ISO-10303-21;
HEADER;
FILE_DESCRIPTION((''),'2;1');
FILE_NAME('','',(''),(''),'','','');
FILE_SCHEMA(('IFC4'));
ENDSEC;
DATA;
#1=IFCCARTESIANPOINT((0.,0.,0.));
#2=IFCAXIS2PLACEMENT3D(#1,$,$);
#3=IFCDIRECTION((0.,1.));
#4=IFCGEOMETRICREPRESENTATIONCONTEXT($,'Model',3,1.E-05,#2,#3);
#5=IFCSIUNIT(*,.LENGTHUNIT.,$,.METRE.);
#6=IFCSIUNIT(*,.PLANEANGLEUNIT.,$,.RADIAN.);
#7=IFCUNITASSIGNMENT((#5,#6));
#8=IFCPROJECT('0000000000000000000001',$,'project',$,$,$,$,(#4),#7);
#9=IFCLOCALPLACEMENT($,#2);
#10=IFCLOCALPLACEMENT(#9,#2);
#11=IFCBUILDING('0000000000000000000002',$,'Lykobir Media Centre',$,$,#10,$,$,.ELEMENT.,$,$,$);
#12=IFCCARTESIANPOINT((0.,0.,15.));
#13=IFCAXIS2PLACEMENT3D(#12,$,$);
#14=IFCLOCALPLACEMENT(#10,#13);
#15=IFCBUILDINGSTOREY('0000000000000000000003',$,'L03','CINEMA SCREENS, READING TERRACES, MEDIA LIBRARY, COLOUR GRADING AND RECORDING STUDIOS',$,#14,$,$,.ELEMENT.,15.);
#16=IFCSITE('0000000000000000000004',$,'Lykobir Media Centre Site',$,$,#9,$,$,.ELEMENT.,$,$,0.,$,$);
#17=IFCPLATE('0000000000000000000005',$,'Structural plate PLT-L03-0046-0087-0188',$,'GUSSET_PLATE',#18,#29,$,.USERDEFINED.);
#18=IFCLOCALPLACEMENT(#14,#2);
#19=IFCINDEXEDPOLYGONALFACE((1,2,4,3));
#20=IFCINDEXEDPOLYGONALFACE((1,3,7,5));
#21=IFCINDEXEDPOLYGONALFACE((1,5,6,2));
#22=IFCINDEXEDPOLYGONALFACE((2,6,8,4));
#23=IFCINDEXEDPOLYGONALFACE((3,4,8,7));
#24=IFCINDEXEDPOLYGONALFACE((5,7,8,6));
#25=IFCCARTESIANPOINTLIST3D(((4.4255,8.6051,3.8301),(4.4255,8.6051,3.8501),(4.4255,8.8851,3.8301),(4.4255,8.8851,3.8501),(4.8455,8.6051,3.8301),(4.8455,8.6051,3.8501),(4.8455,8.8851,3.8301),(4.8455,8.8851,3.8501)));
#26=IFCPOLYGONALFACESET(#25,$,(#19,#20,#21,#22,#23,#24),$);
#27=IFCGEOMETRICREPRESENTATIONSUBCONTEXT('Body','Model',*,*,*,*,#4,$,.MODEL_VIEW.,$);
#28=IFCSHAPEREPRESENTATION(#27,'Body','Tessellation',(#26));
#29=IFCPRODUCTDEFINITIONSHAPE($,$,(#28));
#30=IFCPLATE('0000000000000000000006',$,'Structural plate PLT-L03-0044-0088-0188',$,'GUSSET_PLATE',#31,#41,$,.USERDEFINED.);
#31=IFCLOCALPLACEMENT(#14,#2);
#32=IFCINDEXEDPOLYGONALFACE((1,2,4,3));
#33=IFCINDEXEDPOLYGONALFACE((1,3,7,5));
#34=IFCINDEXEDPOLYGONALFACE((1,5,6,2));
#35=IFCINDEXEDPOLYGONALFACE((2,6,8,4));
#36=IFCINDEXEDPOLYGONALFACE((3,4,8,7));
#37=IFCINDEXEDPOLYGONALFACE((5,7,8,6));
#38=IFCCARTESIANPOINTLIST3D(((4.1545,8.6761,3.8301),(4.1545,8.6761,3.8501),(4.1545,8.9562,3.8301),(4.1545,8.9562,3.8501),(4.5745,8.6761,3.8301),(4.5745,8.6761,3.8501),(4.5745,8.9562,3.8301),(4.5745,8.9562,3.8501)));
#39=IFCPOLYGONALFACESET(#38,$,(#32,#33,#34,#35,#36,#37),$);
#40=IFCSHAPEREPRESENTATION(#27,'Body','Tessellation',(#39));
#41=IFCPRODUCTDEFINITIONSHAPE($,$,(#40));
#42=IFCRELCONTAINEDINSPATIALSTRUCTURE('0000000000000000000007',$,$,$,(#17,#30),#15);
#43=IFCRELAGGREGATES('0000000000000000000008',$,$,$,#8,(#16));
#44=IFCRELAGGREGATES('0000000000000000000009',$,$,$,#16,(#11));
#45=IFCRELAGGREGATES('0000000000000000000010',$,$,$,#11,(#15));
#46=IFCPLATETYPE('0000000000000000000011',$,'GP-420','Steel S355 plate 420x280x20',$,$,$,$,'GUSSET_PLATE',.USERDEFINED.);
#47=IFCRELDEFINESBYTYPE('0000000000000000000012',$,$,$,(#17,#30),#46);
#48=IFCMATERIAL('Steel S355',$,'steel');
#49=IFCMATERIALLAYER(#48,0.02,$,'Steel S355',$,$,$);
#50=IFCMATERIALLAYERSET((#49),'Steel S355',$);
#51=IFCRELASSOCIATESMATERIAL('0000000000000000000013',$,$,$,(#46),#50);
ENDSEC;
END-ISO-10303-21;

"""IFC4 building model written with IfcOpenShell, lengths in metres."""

from ifc_helpers import new_model, si_unit, direction, frame, origin, origin_2d, place, context, subcontext, project, spatial, rectangle, extrude, material, layer, layer_set, type_object, element, save


model = new_model("IFC4")

# Units and contexts
model_context = context("Model", 3, precision=1e-05, world=origin(), true_north=direction((0.0, 1.0)))
body_context = subcontext(model_context, "Body", "Model", "MODEL_VIEW")
ifc_project = project(units=[si_unit("LENGTHUNIT", "METRE"), si_unit("PLANEANGLEUNIT", "RADIAN")], contexts=[model_context])

# Site, building, storey
site_placement = place(None, origin())
site = spatial("IfcSite", under=ifc_project, at=site_placement, Name="Lykobir Media Centre Site", CompositionType="ELEMENT", RefElevation=0.0)
building_placement = place(site_placement, origin())
building = spatial("IfcBuilding", under=site, at=building_placement, Name="Lykobir Media Centre", CompositionType="ELEMENT")
storey_placement = place(building_placement, frame((0.0, 0.0, 15.0)))
storey = spatial("IfcBuildingStorey", under=building, at=storey_placement, Name="L03", Description="CINEMA SCREENS, READING TERRACES, MEDIA LIBRARY, COLOUR GRADING AND RECORDING STUDIOS", CompositionType="ELEMENT", Elevation=15.0)

# Shared definitions
ifc_material_1 = material(Name="Steel S355", Category="steel")

# Plates
ifc_layer_1 = layer(ifc_material_1, 0.02, Name="Steel S355")
ifc_layer_set_1 = layer_set([ifc_layer_1], Name="Steel S355")
plate_type_1 = type_object("IfcPlateType", Name="GP-420", Description="Steel S355 plate 420x280x20", ElementType="GUSSET_PLATE", PredefinedType="USERDEFINED", material=ifc_layer_set_1)
for number, where, z_axis, x_axis, name in (
    (1, (4.6355, 8.7451, 3.8301), (0.0, 0.0, 1.0), (1.0, 0.0, 0.0), "Structural plate PLT-L03-0046-0087-0188"),
    (2, (4.3645, 8.8162, 3.8301), (0.0, 0.0, 1.0), (1.0, 0.0, 0.0), "Structural plate PLT-L03-0044-0088-0188"),
):
    element("IfcPlate", number, at=place(storey_placement, frame(where, z_axis=z_axis, x_axis=x_axis)), inside=storey, type_object=plate_type_1, Name=name, ObjectType="GUSSET_PLATE", PredefinedType="USERDEFINED", context=body_context, shape_type="SweptSolid", body=[
        extrude(rectangle(XDim=0.4199, YDim=0.28, at=origin_2d()), origin(), (0.0, 0.0, 1.0), 0.02),
    ])

save(model, "model.ifc")
